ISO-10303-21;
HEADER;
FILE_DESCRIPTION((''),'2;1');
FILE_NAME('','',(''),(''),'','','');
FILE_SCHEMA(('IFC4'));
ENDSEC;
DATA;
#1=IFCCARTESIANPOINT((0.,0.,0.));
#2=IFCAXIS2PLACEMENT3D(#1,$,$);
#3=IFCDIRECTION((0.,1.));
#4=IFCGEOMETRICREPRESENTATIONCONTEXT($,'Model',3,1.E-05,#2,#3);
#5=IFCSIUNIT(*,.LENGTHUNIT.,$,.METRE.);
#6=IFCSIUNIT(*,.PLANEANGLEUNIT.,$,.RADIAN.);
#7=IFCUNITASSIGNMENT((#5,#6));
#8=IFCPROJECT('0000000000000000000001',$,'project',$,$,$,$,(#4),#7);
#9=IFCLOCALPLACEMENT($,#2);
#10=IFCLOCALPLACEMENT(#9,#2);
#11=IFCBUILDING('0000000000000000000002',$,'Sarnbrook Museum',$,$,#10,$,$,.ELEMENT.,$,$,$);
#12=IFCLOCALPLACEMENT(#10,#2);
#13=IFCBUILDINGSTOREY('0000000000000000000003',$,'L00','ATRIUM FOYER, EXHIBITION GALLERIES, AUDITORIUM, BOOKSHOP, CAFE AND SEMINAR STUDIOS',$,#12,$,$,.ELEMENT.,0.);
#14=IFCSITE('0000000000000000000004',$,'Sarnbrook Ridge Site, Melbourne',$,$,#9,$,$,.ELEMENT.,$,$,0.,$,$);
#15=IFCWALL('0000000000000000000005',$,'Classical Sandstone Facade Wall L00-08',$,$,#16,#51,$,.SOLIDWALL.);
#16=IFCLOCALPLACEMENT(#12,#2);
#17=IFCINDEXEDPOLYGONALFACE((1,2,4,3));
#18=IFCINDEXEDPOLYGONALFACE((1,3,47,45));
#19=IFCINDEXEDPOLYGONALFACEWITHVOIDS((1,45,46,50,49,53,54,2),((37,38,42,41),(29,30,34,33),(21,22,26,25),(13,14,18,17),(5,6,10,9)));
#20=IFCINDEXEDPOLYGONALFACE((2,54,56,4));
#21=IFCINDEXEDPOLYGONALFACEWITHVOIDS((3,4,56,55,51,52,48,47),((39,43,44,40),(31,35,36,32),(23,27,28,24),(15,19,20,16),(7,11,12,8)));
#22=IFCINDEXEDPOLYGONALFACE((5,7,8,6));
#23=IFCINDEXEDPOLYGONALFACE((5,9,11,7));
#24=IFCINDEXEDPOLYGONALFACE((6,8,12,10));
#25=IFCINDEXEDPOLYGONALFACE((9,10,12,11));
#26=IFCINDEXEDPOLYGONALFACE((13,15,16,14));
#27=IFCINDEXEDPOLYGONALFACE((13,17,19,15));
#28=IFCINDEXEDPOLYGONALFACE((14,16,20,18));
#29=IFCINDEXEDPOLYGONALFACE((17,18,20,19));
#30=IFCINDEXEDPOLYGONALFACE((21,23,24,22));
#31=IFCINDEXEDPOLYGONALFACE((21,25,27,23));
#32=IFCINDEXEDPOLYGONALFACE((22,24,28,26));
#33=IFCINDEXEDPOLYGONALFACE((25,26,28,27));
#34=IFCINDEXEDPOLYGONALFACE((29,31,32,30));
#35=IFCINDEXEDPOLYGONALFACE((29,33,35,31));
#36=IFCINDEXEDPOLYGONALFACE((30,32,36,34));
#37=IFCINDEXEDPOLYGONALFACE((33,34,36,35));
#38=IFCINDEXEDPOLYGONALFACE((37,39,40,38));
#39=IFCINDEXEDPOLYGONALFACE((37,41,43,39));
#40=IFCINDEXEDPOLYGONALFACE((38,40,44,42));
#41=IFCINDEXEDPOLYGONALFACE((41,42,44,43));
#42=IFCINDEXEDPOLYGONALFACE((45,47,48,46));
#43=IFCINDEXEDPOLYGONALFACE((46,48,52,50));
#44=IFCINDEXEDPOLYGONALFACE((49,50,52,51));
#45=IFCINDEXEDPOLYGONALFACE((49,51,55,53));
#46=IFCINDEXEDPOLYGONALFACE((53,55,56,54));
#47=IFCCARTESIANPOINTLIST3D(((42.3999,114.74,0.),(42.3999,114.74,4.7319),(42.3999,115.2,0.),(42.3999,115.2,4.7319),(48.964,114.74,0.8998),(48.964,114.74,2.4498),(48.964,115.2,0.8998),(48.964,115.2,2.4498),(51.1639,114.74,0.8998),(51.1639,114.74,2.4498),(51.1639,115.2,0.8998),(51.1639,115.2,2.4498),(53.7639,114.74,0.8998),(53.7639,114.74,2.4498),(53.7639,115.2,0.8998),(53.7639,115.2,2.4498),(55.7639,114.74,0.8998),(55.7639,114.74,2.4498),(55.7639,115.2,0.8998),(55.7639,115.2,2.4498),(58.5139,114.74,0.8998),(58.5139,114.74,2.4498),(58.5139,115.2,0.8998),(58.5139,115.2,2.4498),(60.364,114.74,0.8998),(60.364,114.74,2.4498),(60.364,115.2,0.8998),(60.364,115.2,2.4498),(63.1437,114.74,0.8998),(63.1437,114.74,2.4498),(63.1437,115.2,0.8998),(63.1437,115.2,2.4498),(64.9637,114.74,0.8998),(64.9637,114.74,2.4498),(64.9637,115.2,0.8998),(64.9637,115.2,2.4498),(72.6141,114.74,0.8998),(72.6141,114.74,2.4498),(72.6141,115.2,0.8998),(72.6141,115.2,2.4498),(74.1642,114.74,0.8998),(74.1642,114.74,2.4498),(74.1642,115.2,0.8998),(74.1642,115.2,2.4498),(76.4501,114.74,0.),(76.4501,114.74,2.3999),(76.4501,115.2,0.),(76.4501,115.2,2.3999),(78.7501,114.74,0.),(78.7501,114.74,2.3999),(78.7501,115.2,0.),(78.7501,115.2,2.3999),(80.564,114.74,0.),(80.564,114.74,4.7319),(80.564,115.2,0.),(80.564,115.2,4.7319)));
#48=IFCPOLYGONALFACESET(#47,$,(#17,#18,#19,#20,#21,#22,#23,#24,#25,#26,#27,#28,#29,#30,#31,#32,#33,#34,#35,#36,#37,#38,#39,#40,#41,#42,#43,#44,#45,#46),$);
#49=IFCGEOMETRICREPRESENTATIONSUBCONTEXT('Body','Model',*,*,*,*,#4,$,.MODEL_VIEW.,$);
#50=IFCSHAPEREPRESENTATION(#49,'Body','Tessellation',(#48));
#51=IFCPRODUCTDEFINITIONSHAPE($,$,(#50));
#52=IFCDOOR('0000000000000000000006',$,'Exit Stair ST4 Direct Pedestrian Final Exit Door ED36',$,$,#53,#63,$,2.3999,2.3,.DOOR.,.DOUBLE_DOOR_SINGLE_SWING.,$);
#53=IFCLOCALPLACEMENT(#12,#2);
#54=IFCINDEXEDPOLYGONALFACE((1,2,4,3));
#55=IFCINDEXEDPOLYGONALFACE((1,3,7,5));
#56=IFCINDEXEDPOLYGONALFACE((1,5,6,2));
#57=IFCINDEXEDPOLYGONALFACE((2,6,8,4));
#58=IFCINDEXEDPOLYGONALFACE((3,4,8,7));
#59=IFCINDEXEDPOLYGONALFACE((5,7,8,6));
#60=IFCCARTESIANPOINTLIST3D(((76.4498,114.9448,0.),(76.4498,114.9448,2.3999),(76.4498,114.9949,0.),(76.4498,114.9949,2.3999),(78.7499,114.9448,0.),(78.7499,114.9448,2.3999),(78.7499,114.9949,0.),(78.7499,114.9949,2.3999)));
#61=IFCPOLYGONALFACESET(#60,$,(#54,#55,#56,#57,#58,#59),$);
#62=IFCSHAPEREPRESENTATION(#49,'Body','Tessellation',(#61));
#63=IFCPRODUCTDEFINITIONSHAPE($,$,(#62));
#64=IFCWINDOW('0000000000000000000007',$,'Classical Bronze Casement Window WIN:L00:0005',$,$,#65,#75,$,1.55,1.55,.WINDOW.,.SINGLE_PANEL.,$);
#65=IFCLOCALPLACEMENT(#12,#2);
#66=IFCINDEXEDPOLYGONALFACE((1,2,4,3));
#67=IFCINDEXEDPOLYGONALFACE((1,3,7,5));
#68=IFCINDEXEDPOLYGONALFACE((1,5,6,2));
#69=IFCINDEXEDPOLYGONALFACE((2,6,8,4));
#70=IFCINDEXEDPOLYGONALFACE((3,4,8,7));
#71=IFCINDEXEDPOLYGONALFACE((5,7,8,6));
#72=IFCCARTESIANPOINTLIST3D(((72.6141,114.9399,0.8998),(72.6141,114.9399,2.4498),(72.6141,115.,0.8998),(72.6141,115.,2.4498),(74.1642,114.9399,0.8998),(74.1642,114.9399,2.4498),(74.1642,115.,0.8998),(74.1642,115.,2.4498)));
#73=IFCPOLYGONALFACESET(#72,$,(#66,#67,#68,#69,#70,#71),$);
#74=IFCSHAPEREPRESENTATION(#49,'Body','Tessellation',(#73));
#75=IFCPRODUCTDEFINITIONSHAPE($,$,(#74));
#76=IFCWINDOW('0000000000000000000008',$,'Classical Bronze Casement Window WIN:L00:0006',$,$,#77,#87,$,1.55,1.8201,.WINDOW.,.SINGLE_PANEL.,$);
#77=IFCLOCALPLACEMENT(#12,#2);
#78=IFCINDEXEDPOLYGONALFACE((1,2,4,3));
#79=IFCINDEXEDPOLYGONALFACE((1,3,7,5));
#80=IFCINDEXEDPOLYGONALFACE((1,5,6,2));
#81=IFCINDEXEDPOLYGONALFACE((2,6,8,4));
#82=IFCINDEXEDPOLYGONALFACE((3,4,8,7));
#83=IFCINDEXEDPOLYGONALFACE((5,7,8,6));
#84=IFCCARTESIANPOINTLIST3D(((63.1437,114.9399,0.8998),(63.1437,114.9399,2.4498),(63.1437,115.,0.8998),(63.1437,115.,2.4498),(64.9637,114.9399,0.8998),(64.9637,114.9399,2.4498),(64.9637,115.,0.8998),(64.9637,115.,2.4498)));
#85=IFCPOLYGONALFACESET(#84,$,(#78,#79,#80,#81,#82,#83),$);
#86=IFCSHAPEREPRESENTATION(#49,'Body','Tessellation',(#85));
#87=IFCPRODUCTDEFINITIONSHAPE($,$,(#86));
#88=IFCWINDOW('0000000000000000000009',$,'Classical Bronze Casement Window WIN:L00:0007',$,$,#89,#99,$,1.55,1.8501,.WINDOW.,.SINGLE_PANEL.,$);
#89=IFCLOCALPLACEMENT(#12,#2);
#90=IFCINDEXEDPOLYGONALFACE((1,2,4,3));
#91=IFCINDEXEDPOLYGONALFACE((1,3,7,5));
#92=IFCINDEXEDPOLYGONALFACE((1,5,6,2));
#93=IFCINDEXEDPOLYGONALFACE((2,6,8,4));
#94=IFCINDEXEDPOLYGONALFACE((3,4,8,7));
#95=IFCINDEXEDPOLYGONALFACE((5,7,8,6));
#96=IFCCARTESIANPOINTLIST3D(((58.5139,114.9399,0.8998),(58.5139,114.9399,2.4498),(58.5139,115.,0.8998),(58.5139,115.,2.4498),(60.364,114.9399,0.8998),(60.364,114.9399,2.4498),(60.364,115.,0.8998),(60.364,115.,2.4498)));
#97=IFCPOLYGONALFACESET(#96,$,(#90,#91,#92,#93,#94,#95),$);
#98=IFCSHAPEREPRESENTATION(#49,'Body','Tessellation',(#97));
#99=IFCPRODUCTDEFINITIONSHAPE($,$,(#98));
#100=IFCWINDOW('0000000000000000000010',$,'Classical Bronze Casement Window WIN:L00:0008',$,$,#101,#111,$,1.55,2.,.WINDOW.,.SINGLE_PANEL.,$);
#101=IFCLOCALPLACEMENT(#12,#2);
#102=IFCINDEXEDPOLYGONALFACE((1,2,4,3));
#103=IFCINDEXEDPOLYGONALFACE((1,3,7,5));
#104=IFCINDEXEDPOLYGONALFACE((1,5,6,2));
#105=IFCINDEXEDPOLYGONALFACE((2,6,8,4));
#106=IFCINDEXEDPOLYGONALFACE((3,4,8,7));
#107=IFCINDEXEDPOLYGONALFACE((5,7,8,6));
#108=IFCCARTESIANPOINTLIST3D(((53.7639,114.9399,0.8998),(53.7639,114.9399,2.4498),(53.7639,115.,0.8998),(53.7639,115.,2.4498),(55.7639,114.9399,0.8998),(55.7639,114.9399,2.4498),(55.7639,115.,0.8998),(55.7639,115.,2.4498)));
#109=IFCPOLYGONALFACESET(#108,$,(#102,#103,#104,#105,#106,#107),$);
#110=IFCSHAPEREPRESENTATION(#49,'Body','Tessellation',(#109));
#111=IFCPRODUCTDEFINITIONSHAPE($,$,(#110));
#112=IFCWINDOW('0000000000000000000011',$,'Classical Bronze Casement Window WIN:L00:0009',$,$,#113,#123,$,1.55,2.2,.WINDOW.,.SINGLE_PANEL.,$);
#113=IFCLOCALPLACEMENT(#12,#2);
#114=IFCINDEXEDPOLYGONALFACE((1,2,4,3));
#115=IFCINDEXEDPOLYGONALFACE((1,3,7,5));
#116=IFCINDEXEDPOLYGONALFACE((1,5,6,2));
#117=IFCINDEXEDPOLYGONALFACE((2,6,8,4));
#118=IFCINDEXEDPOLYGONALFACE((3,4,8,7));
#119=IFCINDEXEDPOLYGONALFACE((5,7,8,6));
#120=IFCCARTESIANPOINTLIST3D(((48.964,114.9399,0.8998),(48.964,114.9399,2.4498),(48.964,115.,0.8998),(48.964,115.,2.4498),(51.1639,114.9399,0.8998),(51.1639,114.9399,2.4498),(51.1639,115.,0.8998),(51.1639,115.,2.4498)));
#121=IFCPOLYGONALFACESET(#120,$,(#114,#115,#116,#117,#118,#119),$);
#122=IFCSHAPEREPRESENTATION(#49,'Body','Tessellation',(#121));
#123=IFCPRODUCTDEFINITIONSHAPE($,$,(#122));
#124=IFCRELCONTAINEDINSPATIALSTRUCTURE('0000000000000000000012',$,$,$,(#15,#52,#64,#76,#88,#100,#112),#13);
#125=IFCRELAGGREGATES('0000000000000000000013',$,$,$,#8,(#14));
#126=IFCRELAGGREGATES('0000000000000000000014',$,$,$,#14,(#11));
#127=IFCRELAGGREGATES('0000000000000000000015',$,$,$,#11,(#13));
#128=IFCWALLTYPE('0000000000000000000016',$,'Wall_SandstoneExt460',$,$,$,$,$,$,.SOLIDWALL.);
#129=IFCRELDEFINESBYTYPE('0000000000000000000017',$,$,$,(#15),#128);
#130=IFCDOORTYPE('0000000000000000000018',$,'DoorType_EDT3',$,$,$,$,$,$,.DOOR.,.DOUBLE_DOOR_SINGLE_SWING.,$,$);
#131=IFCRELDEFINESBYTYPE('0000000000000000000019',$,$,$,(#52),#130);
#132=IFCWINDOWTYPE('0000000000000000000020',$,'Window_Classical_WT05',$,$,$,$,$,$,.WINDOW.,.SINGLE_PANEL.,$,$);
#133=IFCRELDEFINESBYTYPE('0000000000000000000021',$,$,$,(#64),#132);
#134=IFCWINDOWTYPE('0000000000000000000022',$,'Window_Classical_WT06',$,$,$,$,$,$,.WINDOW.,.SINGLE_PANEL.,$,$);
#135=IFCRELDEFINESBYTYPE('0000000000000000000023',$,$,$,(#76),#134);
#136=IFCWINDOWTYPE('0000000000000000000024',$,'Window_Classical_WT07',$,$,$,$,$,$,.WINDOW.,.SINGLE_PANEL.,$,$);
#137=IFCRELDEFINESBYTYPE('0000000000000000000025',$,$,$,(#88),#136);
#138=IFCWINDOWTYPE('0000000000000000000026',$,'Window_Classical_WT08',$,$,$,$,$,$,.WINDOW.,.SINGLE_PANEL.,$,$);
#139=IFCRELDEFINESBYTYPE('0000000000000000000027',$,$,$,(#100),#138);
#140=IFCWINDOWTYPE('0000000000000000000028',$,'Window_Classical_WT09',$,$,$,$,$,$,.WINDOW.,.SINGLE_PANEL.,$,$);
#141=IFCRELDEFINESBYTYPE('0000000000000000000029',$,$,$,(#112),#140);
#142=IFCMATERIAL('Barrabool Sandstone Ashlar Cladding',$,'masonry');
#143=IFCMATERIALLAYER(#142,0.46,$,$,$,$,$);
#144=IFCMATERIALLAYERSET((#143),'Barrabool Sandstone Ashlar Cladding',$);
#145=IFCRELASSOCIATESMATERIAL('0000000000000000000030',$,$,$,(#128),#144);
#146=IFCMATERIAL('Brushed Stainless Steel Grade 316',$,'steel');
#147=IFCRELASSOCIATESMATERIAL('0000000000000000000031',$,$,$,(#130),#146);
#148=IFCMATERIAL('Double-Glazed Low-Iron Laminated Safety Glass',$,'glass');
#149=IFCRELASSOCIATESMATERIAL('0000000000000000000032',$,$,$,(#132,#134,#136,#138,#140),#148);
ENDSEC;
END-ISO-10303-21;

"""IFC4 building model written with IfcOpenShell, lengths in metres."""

from ifc_helpers import new_model, si_unit, direction, frame, frame_2d, origin, place, context, subcontext, project, spatial, rectangle, extrude, material, layer, layer_set, type_object, element, fill, save


model = new_model("IFC4")

# Units and contexts
model_context = context("Model", 3, precision=1e-05, world=origin(), true_north=direction((0.0, 1.0)))
body_context = subcontext(model_context, "Body", "Model", "MODEL_VIEW")
ifc_project = project(units=[si_unit("LENGTHUNIT", "METRE"), si_unit("PLANEANGLEUNIT", "RADIAN")], contexts=[model_context])

# Site, building, storey
site_placement = place(None, origin())
site = spatial("IfcSite", under=ifc_project, at=site_placement, Name="Sarnbrook Ridge Site, Melbourne", CompositionType="ELEMENT", RefElevation=0.0)
building_placement = place(site_placement, origin())
building = spatial("IfcBuilding", under=site, at=building_placement, Name="Sarnbrook Museum", CompositionType="ELEMENT")
storey_placement = place(building_placement, origin())
storey = spatial("IfcBuildingStorey", under=building, at=storey_placement, Name="L00", Description="ATRIUM FOYER, EXHIBITION GALLERIES, AUDITORIUM, BOOKSHOP, CAFE AND SEMINAR STUDIOS", CompositionType="ELEMENT", Elevation=0.0)

# Shared definitions
ifc_material_1 = material(Name="Brushed Stainless Steel Grade 316", Category="steel")

# Shared definitions
ifc_material_2 = material(Name="Barrabool Sandstone Ashlar Cladding", Category="masonry")
ifc_layer_1 = layer(ifc_material_2, 0.46)
ifc_layer_set_1 = layer_set([ifc_layer_1], Name="Barrabool Sandstone Ashlar Cladding")
wall_type_1 = type_object("IfcWallType", Name="Wall_SandstoneExt460", PredefinedType="SOLIDWALL", material=ifc_layer_set_1)

# Wall, openings, door, windows
wall_1_placement = place(storey_placement, frame((80.564, 114.97, 0.0), z_axis=(0.0, 0.0, 1.0), x_axis=(-1.0, 0.0, 0.0)))
wall_1 = element("IfcWall", 1, at=wall_1_placement, inside=storey, type_object=wall_type_1, Name="Classical Sandstone Facade Wall L00-08", PredefinedType="SOLIDWALL", context=body_context, shape_type="SweptSolid", body=[
    extrude(rectangle(XDim=38.1641, YDim=0.46, at=frame_2d((19.082, 0.0))), origin(), (0.0, 0.0, 1.0), 4.7319),
])
opening_1_placement = place(wall_1_placement, frame((1.814, 0.0, 0.0)))
opening_1 = element("IfcOpeningElement", 2, at=opening_1_placement, cuts=wall_1, PredefinedType="OPENING", context=body_context, shape_type="SweptSolid", body=[
    extrude(rectangle(XDim=2.3, YDim=2.3999, at=frame_2d((1.1499, 1.2))), frame((0.0, 0.24, 0.0), z_axis=(0.0, -1.0, 0.0), x_axis=(1.0, 0.0, 0.0)), (0.0, 0.0, 1.0), 0.48),
])
opening_2_placement = place(wall_1_placement, frame((6.3999, 0.0, 0.8999)))
opening_2 = element("IfcOpeningElement", 3, at=opening_2_placement, cuts=wall_1, PredefinedType="OPENING", context=body_context, shape_type="SweptSolid", body=[
    extrude(rectangle(XDim=1.55, YDim=1.55, at=frame_2d((0.7749, 0.7749))), frame((0.0, 0.24, 0.0), z_axis=(0.0, -1.0, 0.0), x_axis=(1.0, 0.0, 0.0)), (0.0, 0.0, 1.0), 0.48),
])
opening_3_placement = place(wall_1_placement, frame((15.6001, 0.0, 0.8999)))
opening_3 = element("IfcOpeningElement", 4, at=opening_3_placement, cuts=wall_1, PredefinedType="OPENING", context=body_context, shape_type="SweptSolid", body=[
    extrude(rectangle(XDim=1.8201, YDim=1.55, at=frame_2d((0.9102, 0.7749))), frame((0.0, 0.24, 0.0), z_axis=(0.0, -1.0, 0.0), x_axis=(1.0, 0.0, 0.0)), (0.0, 0.0, 1.0), 0.48),
])
opening_4_placement = place(wall_1_placement, frame((20.2, 0.0, 0.8999)))
opening_4 = element("IfcOpeningElement", 5, at=opening_4_placement, cuts=wall_1, PredefinedType="OPENING", context=body_context, shape_type="SweptSolid", body=[
    extrude(rectangle(XDim=1.8501, YDim=1.55, at=frame_2d((0.925, 0.7749))), frame((0.0, 0.24, 0.0), z_axis=(0.0, -1.0, 0.0), x_axis=(1.0, 0.0, 0.0)), (0.0, 0.0, 1.0), 0.48),
])
opening_5_placement = place(wall_1_placement, frame((24.8, 0.0, 0.8999)))
opening_5 = element("IfcOpeningElement", 6, at=opening_5_placement, cuts=wall_1, PredefinedType="OPENING", context=body_context, shape_type="SweptSolid", body=[
    extrude(rectangle(XDim=2.0, YDim=1.55, at=frame_2d((1.0, 0.7749))), frame((0.0, 0.24, 0.0), z_axis=(0.0, -1.0, 0.0), x_axis=(1.0, 0.0, 0.0)), (0.0, 0.0, 1.0), 0.48),
])
opening_6_placement = place(wall_1_placement, frame((29.3999, 0.0, 0.8999)))
opening_6 = element("IfcOpeningElement", 7, at=opening_6_placement, cuts=wall_1, PredefinedType="OPENING", context=body_context, shape_type="SweptSolid", body=[
    extrude(rectangle(XDim=2.2, YDim=1.55, at=frame_2d((1.1001, 0.7749))), frame((0.0, 0.24, 0.0), z_axis=(0.0, -1.0, 0.0), x_axis=(1.0, 0.0, 0.0)), (0.0, 0.0, 1.0), 0.48),
])
door_type_1 = type_object("IfcDoorType", Name="DoorType_EDT3", OperationType="DOUBLE_DOOR_SINGLE_SWING", PredefinedType="DOOR", material=ifc_material_1)
door_1_placement = place(opening_1_placement, frame((2.3, 0.0, 0.0), z_axis=(0.0, 0.0, 1.0), x_axis=(-1.0, 0.0, 0.0)))
door_1 = element("IfcDoor", 8, at=door_1_placement, inside=storey, type_object=door_type_1, Name="Exit Stair ST4 Direct Pedestrian Final Exit Door ED36", OperationType="DOUBLE_DOOR_SINGLE_SWING", OverallHeight=2.3999, OverallWidth=2.3, PredefinedType="DOOR", context=body_context, shape_type="SweptSolid", body=[
    extrude(rectangle(XDim=2.3, YDim=2.3999, at=frame_2d((1.1499, 1.2))), frame((0.0, 0.0249, 0.0), z_axis=(0.0, -1.0, 0.0), x_axis=(1.0, 0.0, 0.0)), (0.0, 0.0, 1.0), 0.05),
])
fill(opening_1, door_1)
ifc_material_3 = material(Name="Double-Glazed Low-Iron Laminated Safety Glass", Category="glass")
window_type_1 = type_object("IfcWindowType", Name="Window_Classical_WT05", PartitioningType="SINGLE_PANEL", PredefinedType="WINDOW", material=ifc_material_3)
window_1_placement = place(opening_2_placement, origin())
window_1 = element("IfcWindow", 9, at=window_1_placement, inside=storey, type_object=window_type_1, Name="Classical Bronze Casement Window WIN:L00:0005", OverallHeight=1.55, OverallWidth=1.55, PartitioningType="SINGLE_PANEL", PredefinedType="WINDOW", context=body_context, shape_type="SweptSolid", body=[
    extrude(rectangle(XDim=1.55, YDim=1.55, at=frame_2d((0.7749, 0.7749))), frame((0.0, 0.03, 0.0), z_axis=(0.0, -1.0, 0.0), x_axis=(1.0, 0.0, 0.0)), (0.0, 0.0, 1.0), 0.0601),
])
fill(opening_2, window_1)
window_type_2 = type_object("IfcWindowType", Name="Window_Classical_WT06", PartitioningType="SINGLE_PANEL", PredefinedType="WINDOW", material=ifc_material_3)
window_2_placement = place(opening_3_placement, origin())
window_2 = element("IfcWindow", 10, at=window_2_placement, inside=storey, type_object=window_type_2, Name="Classical Bronze Casement Window WIN:L00:0006", OverallHeight=1.55, OverallWidth=1.8201, PartitioningType="SINGLE_PANEL", PredefinedType="WINDOW", context=body_context, shape_type="SweptSolid", body=[
    extrude(rectangle(XDim=1.8201, YDim=1.55, at=frame_2d((0.9102, 0.7749))), frame((0.0, 0.03, 0.0), z_axis=(0.0, -1.0, 0.0), x_axis=(1.0, 0.0, 0.0)), (0.0, 0.0, 1.0), 0.0601),
])
fill(opening_3, window_2)
window_type_3 = type_object("IfcWindowType", Name="Window_Classical_WT07", PartitioningType="SINGLE_PANEL", PredefinedType="WINDOW", material=ifc_material_3)
window_3_placement = place(opening_4_placement, origin())
window_3 = element("IfcWindow", 11, at=window_3_placement, inside=storey, type_object=window_type_3, Name="Classical Bronze Casement Window WIN:L00:0007", OverallHeight=1.55, OverallWidth=1.8501, PartitioningType="SINGLE_PANEL", PredefinedType="WINDOW", context=body_context, shape_type="SweptSolid", body=[
    extrude(rectangle(XDim=1.8501, YDim=1.55, at=frame_2d((0.925, 0.7749))), frame((0.0, 0.03, 0.0), z_axis=(0.0, -1.0, 0.0), x_axis=(1.0, 0.0, 0.0)), (0.0, 0.0, 1.0), 0.0601),
])
fill(opening_4, window_3)
window_type_4 = type_object("IfcWindowType", Name="Window_Classical_WT08", PartitioningType="SINGLE_PANEL", PredefinedType="WINDOW", material=ifc_material_3)
window_4_placement = place(opening_5_placement, origin())
window_4 = element("IfcWindow", 12, at=window_4_placement, inside=storey, type_object=window_type_4, Name="Classical Bronze Casement Window WIN:L00:0008", OverallHeight=1.55, OverallWidth=2.0, PartitioningType="SINGLE_PANEL", PredefinedType="WINDOW", context=body_context, shape_type="SweptSolid", body=[
    extrude(rectangle(XDim=2.0, YDim=1.55, at=frame_2d((1.0, 0.7749))), frame((0.0, 0.03, 0.0), z_axis=(0.0, -1.0, 0.0), x_axis=(1.0, 0.0, 0.0)), (0.0, 0.0, 1.0), 0.0601),
])
fill(opening_5, window_4)
window_type_5 = type_object("IfcWindowType", Name="Window_Classical_WT09", PartitioningType="SINGLE_PANEL", PredefinedType="WINDOW", material=ifc_material_3)
window_5_placement = place(opening_6_placement, origin())
window_5 = element("IfcWindow", 13, at=window_5_placement, inside=storey, type_object=window_type_5, Name="Classical Bronze Casement Window WIN:L00:0009", OverallHeight=1.55, OverallWidth=2.2, PartitioningType="SINGLE_PANEL", PredefinedType="WINDOW", context=body_context, shape_type="SweptSolid", body=[
    extrude(rectangle(XDim=2.2, YDim=1.55, at=frame_2d((1.1001, 0.7749))), frame((0.0, 0.03, 0.0), z_axis=(0.0, -1.0, 0.0), x_axis=(1.0, 0.0, 0.0)), (0.0, 0.0, 1.0), 0.0601),
])
fill(opening_6, window_5)

save(model, "model.ifc")
